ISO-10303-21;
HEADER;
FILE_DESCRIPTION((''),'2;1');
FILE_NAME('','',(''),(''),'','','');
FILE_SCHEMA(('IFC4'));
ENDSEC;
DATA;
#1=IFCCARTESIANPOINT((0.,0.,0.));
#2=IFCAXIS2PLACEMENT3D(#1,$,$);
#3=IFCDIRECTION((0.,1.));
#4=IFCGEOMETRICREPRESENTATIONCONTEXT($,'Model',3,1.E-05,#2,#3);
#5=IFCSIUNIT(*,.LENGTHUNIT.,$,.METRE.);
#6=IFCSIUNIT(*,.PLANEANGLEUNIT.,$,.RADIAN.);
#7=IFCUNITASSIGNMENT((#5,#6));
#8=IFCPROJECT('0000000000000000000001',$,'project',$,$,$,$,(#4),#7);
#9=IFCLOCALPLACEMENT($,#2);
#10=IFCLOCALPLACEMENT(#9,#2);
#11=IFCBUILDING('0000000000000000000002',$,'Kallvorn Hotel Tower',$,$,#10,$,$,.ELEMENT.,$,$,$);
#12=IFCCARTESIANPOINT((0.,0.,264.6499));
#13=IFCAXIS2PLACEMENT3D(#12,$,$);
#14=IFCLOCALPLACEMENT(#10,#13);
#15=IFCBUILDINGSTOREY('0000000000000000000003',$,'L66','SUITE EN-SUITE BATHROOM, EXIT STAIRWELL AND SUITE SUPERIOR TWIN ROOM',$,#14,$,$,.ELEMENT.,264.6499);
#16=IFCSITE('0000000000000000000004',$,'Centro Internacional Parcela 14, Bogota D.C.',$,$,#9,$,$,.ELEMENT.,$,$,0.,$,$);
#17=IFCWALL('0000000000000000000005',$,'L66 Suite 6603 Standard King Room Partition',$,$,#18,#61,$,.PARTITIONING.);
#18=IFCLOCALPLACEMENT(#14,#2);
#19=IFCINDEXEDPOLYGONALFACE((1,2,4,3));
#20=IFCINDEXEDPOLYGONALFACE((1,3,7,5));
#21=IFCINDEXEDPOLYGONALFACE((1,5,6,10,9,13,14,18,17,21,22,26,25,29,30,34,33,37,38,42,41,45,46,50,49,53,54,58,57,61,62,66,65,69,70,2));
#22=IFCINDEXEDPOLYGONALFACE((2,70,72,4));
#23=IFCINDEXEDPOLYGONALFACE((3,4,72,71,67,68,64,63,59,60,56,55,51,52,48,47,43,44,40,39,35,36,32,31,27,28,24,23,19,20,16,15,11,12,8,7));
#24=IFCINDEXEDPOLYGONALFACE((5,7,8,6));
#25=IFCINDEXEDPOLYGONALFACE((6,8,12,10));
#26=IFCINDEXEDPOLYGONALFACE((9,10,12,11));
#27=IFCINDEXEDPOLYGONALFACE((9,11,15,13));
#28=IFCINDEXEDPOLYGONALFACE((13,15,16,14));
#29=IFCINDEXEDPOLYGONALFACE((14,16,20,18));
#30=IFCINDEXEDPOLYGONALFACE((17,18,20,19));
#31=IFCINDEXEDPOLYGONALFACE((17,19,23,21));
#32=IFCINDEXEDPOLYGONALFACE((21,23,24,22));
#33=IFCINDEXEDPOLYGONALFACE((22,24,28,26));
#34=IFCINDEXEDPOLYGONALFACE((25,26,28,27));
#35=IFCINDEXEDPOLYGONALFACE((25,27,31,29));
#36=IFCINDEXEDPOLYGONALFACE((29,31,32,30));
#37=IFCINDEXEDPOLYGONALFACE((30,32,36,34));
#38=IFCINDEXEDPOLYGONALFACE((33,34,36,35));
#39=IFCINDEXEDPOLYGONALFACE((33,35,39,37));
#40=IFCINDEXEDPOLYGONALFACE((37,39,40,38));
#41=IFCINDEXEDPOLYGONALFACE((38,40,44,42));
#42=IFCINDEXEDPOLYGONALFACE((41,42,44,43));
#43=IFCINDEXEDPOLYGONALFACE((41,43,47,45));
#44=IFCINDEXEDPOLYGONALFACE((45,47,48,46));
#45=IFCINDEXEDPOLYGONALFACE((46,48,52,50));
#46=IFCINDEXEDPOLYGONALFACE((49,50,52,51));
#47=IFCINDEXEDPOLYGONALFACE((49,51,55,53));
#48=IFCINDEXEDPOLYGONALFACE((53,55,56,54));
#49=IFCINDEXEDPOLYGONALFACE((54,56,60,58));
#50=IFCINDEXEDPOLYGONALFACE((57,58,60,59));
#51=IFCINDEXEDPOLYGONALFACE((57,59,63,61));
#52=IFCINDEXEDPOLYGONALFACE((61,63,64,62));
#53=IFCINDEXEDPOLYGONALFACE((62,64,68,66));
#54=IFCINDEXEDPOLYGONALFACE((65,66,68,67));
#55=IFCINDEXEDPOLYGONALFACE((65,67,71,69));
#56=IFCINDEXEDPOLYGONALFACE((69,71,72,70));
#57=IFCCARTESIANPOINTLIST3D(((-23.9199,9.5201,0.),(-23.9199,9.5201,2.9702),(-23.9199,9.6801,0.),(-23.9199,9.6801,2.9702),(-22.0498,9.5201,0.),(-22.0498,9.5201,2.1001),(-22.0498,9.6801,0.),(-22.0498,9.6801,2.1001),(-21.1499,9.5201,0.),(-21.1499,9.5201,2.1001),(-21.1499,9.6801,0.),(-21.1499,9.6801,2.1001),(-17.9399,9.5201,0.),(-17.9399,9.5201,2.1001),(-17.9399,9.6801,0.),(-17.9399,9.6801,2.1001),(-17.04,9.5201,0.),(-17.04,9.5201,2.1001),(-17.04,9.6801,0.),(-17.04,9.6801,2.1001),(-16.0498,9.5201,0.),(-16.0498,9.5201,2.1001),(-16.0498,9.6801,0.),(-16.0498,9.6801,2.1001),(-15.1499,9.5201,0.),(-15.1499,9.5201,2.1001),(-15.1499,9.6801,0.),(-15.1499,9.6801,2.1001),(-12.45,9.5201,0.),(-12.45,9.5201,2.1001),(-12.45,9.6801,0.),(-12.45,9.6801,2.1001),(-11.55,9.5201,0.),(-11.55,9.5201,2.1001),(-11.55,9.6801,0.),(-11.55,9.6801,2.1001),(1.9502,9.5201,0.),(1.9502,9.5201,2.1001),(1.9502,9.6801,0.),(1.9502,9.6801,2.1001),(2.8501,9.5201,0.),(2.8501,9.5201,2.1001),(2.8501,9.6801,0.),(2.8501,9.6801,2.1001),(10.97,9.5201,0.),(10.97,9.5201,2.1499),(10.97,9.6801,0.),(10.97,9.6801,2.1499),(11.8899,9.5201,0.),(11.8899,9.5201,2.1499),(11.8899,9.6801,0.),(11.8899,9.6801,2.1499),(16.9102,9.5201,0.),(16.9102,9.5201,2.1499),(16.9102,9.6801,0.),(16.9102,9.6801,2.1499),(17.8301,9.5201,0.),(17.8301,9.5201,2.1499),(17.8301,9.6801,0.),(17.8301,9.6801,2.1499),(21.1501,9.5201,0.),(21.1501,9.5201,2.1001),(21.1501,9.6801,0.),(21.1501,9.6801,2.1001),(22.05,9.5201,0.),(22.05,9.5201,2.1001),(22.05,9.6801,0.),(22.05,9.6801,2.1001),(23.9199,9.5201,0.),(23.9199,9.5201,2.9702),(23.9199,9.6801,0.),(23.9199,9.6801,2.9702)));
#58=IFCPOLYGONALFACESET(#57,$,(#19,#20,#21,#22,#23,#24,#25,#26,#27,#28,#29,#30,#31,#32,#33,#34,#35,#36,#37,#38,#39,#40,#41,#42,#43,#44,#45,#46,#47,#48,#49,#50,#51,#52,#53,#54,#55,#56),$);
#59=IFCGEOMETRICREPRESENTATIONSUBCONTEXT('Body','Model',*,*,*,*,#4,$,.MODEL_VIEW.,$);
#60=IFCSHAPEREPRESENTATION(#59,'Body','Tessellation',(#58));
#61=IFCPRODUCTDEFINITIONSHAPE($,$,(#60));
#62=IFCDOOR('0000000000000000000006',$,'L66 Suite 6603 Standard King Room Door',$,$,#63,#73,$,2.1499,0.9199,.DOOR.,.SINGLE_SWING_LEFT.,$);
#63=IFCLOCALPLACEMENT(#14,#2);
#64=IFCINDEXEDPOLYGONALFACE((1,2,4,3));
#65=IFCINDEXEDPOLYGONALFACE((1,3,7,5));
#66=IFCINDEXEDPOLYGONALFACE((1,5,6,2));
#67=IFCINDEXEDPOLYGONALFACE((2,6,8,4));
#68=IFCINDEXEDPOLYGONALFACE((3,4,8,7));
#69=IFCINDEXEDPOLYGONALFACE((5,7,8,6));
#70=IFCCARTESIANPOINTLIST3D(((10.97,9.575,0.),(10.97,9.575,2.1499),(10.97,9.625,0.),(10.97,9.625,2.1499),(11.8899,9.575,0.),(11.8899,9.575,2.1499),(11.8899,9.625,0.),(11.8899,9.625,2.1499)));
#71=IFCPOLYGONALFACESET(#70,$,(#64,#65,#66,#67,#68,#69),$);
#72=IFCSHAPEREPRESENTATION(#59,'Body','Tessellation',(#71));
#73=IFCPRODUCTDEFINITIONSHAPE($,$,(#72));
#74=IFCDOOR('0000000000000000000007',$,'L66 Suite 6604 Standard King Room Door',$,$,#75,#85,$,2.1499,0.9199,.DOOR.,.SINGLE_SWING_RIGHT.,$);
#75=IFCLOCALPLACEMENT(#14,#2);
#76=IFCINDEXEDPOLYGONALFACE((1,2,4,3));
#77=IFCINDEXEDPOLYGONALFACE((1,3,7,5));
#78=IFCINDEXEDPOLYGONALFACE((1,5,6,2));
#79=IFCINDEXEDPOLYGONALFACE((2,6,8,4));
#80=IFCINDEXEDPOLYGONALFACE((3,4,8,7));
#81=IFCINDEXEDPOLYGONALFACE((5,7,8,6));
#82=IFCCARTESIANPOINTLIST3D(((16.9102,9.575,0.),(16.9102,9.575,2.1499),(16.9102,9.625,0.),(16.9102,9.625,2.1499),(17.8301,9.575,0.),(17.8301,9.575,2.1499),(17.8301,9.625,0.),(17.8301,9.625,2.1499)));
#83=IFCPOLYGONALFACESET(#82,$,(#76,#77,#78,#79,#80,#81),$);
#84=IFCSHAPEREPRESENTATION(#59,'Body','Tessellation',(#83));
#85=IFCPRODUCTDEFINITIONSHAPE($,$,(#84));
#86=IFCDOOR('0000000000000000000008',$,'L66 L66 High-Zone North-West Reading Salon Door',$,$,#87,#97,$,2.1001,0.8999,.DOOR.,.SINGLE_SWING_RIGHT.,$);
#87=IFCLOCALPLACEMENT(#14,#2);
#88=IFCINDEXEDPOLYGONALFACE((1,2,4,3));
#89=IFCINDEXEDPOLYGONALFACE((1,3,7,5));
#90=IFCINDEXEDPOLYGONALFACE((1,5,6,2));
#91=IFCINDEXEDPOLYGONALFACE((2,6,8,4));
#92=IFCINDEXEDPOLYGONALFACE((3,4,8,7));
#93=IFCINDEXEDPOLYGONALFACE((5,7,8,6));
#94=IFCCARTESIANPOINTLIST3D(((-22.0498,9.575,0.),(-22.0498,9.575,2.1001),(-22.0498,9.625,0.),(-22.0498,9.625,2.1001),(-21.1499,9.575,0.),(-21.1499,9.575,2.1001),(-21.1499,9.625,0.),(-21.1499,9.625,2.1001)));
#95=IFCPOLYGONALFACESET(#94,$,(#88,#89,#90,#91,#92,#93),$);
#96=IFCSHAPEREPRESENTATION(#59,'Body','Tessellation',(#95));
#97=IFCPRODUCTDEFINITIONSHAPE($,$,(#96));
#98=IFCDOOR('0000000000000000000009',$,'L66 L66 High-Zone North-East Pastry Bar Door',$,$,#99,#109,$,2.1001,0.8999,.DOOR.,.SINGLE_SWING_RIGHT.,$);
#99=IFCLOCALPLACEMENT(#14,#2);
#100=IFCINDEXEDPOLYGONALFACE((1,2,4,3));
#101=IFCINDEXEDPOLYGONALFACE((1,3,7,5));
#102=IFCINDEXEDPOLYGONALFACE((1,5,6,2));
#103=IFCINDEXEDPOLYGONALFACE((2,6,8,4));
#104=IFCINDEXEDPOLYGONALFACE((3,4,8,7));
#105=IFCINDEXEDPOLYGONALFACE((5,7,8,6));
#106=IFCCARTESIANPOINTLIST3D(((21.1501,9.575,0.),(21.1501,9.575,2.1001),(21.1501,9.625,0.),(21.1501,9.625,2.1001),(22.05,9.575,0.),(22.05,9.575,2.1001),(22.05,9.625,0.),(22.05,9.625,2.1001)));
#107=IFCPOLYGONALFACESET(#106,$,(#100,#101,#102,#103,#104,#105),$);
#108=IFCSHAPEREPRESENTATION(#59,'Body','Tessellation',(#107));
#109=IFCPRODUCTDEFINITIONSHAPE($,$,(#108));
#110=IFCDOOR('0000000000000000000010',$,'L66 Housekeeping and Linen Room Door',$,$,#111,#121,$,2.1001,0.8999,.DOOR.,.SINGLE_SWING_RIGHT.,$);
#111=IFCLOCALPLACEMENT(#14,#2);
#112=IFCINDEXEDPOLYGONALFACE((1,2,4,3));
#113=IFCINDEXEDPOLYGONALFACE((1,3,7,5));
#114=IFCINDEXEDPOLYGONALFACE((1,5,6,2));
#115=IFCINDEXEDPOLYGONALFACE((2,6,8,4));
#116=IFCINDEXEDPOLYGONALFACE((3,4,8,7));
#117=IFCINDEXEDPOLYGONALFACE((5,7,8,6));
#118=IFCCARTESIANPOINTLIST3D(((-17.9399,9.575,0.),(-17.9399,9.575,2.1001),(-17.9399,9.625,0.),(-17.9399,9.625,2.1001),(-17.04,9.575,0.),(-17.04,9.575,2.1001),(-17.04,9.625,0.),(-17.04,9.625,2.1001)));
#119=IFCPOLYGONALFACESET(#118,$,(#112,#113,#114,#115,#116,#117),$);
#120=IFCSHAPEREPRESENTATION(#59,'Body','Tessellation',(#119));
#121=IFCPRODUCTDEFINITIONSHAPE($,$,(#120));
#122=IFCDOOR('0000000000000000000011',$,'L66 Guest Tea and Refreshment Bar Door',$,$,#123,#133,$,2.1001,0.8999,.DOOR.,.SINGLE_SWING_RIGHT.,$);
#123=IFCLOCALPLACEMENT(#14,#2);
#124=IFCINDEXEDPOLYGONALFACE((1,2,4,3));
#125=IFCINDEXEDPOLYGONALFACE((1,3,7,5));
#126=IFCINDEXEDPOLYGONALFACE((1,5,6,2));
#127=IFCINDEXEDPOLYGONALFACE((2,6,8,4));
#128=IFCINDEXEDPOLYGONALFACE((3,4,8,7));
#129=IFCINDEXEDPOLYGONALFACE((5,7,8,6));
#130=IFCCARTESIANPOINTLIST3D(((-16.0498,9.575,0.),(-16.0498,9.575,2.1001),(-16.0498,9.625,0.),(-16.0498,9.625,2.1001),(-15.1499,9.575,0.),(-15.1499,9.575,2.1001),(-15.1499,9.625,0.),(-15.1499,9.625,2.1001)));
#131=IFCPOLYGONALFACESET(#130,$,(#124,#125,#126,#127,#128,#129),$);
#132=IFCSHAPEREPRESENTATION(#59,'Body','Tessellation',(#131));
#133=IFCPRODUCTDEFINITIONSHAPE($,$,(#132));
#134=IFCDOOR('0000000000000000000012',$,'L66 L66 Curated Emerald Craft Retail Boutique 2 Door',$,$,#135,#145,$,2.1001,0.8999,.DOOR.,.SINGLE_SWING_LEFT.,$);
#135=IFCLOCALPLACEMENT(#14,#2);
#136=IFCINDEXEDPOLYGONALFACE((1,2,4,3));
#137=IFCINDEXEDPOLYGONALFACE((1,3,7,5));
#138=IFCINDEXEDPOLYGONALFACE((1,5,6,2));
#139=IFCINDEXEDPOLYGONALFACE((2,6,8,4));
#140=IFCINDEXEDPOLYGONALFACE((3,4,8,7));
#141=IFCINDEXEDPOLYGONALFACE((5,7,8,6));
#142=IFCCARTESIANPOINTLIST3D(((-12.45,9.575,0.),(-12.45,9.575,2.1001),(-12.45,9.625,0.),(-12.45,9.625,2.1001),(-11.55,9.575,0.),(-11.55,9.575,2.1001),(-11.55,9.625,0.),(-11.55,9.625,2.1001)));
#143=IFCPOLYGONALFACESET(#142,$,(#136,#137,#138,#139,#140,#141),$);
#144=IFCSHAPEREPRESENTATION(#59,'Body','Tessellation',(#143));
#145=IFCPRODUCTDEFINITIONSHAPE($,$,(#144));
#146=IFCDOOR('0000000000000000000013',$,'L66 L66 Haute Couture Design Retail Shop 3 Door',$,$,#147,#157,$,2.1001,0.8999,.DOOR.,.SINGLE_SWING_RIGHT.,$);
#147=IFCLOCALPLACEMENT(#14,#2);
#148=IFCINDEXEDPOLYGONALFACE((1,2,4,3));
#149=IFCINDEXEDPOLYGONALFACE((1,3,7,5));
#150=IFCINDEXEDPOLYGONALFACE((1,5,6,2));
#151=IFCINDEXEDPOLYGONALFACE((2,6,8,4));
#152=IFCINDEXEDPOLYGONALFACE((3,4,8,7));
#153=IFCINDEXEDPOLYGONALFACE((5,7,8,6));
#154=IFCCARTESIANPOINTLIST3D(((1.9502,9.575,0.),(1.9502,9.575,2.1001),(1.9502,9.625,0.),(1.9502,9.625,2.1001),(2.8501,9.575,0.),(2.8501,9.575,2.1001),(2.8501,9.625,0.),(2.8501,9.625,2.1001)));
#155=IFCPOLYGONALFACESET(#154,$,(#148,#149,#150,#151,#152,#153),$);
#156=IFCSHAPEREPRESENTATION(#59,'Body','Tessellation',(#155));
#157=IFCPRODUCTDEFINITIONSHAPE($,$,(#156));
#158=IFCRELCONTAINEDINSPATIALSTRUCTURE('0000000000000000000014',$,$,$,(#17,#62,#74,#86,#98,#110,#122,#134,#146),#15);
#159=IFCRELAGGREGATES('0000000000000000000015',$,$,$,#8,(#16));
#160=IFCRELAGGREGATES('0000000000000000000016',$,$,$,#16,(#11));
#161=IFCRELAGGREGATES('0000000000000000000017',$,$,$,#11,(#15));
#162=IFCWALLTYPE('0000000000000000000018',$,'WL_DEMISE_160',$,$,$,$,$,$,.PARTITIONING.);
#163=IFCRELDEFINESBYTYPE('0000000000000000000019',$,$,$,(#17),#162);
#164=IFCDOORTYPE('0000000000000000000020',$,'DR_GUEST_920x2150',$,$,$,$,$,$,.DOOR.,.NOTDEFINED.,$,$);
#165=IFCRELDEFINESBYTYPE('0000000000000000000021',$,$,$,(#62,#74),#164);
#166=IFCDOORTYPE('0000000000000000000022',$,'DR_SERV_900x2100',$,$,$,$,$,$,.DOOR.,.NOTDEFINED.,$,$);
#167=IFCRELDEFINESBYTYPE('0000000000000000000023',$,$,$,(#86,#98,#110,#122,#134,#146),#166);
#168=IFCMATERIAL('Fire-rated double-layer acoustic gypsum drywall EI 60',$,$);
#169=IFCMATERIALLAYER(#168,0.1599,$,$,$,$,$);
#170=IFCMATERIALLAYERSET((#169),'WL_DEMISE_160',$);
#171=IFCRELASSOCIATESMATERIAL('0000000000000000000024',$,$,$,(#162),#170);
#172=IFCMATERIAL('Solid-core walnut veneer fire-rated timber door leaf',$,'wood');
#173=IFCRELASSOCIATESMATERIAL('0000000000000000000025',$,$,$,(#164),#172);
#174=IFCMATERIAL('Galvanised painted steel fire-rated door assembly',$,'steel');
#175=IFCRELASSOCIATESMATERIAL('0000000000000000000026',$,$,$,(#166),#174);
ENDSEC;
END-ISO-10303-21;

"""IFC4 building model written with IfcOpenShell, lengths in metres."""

from ifc_helpers import new_model, si_unit, direction, frame, frame_2d, origin, place, context, subcontext, project, spatial, rectangle, extrude, material, layer, layer_set, type_object, element, fill, save


model = new_model("IFC4")

# Units and contexts
model_context = context("Model", 3, precision=1e-05, world=origin(), true_north=direction((0.0, 1.0)))
body_context = subcontext(model_context, "Body", "Model", "MODEL_VIEW")
ifc_project = project(units=[si_unit("LENGTHUNIT", "METRE"), si_unit("PLANEANGLEUNIT", "RADIAN")], contexts=[model_context])

# Site, building, storey
site_placement = place(None, origin())
site = spatial("IfcSite", under=ifc_project, at=site_placement, Name="Centro Internacional Parcela 14, Bogota D.C.", CompositionType="ELEMENT", RefElevation=0.0)
building_placement = place(site_placement, origin())
building = spatial("IfcBuilding", under=site, at=building_placement, Name="Kallvorn Hotel Tower", CompositionType="ELEMENT")
storey_placement = place(building_placement, frame((0.0, 0.0, 264.6499)))
storey = spatial("IfcBuildingStorey", under=building, at=storey_placement, Name="L66", Description="SUITE EN-SUITE BATHROOM, EXIT STAIRWELL AND SUITE SUPERIOR TWIN ROOM", CompositionType="ELEMENT", Elevation=264.6499)

# Wall, openings, doors
ifc_material_1 = material(Name="Fire-rated double-layer acoustic gypsum drywall EI 60")
ifc_layer_1 = layer(ifc_material_1, 0.1599)
ifc_layer_set_1 = layer_set([ifc_layer_1], Name="WL_DEMISE_160")
wall_type_1 = type_object("IfcWallType", Name="WL_DEMISE_160", PredefinedType="PARTITIONING", material=ifc_layer_set_1)
wall_1_placement = place(storey_placement, frame((-23.9199, 9.6001, 0.0), z_axis=(0.0, 0.0, 1.0), x_axis=(1.0, 0.0, 0.0)))
wall_1 = element("IfcWall", 1, at=wall_1_placement, inside=storey, type_object=wall_type_1, Name="L66 Suite 6603 Standard King Room Partition", PredefinedType="PARTITIONING", context=body_context, shape_type="SweptSolid", body=[
    extrude(rectangle(XDim=47.8398, YDim=0.1599, at=frame_2d((23.9199, 0.0))), origin(), (0.0, 0.0, 1.0), 2.9702),
])
opening_1_placement = place(wall_1_placement, frame((1.8701, 0.0, 0.0)))
opening_1 = element("IfcOpeningElement", 2, at=opening_1_placement, cuts=wall_1, PredefinedType="OPENING", context=body_context, shape_type="SweptSolid", body=[
    extrude(rectangle(XDim=0.8999, YDim=2.1001, at=frame_2d((0.45, 1.05))), frame((0.0, 0.095, 0.0), z_axis=(0.0, -1.0, 0.0), x_axis=(1.0, 0.0, 0.0)), (0.0, 0.0, 1.0), 0.1899),
])
opening_2_placement = place(wall_1_placement, frame((45.0701, 0.0, 0.0)))
opening_2 = element("IfcOpeningElement", 3, at=opening_2_placement, cuts=wall_1, PredefinedType="OPENING", context=body_context, shape_type="SweptSolid", body=[
    extrude(rectangle(XDim=0.8999, YDim=2.1001, at=frame_2d((0.45, 1.05))), frame((0.0, 0.095, 0.0), z_axis=(0.0, -1.0, 0.0), x_axis=(1.0, 0.0, 0.0)), (0.0, 0.0, 1.0), 0.1899),
])
opening_3_placement = place(wall_1_placement, frame((5.98, 0.0, 0.0)))
opening_3 = element("IfcOpeningElement", 4, at=opening_3_placement, cuts=wall_1, PredefinedType="OPENING", context=body_context, shape_type="SweptSolid", body=[
    extrude(rectangle(XDim=0.8999, YDim=2.1001, at=frame_2d((0.45, 1.05))), frame((0.0, 0.095, 0.0), z_axis=(0.0, -1.0, 0.0), x_axis=(1.0, 0.0, 0.0)), (0.0, 0.0, 1.0), 0.1899),
])
opening_4_placement = place(wall_1_placement, frame((7.8701, 0.0, 0.0)))
opening_4 = element("IfcOpeningElement", 5, at=opening_4_placement, cuts=wall_1, PredefinedType="OPENING", context=body_context, shape_type="SweptSolid", body=[
    extrude(rectangle(XDim=0.8999, YDim=2.1001, at=frame_2d((0.45, 1.05))), frame((0.0, 0.095, 0.0), z_axis=(0.0, -1.0, 0.0), x_axis=(1.0, 0.0, 0.0)), (0.0, 0.0, 1.0), 0.1899),
])
opening_5_placement = place(wall_1_placement, frame((11.47, 0.0, 0.0)))
opening_5 = element("IfcOpeningElement", 6, at=opening_5_placement, cuts=wall_1, PredefinedType="OPENING", context=body_context, shape_type="SweptSolid", body=[
    extrude(rectangle(XDim=0.8999, YDim=2.1001, at=frame_2d((0.45, 1.05))), frame((0.0, 0.095, 0.0), z_axis=(0.0, -1.0, 0.0), x_axis=(1.0, 0.0, 0.0)), (0.0, 0.0, 1.0), 0.1899),
])
opening_6_placement = place(wall_1_placement, frame((25.8701, 0.0, 0.0)))
opening_6 = element("IfcOpeningElement", 7, at=opening_6_placement, cuts=wall_1, PredefinedType="OPENING", context=body_context, shape_type="SweptSolid", body=[
    extrude(rectangle(XDim=0.8999, YDim=2.1001, at=frame_2d((0.45, 1.05))), frame((0.0, 0.095, 0.0), z_axis=(0.0, -1.0, 0.0), x_axis=(1.0, 0.0, 0.0)), (0.0, 0.0, 1.0), 0.1899),
])
opening_7_placement = place(wall_1_placement, frame((34.8899, 0.0, 0.0)))
opening_7 = element("IfcOpeningElement", 8, at=opening_7_placement, cuts=wall_1, PredefinedType="OPENING", context=body_context, shape_type="SweptSolid", body=[
    extrude(rectangle(XDim=0.9199, YDim=2.1499, at=frame_2d((0.46, 1.075))), frame((0.0, 0.095, 0.0), z_axis=(0.0, -1.0, 0.0), x_axis=(1.0, 0.0, 0.0)), (0.0, 0.0, 1.0), 0.1899),
])
opening_8_placement = place(wall_1_placement, frame((40.8301, 0.0, 0.0)))
opening_8 = element("IfcOpeningElement", 9, at=opening_8_placement, cuts=wall_1, PredefinedType="OPENING", context=body_context, shape_type="SweptSolid", body=[
    extrude(rectangle(XDim=0.9199, YDim=2.1499, at=frame_2d((0.46, 1.075))), frame((0.0, 0.095, 0.0), z_axis=(0.0, -1.0, 0.0), x_axis=(1.0, 0.0, 0.0)), (0.0, 0.0, 1.0), 0.1899),
])
ifc_material_2 = material(Name="Solid-core walnut veneer fire-rated timber door leaf", Category="wood")
door_type_1 = type_object("IfcDoorType", Name="DR_GUEST_920x2150", OperationType="NOTDEFINED", PredefinedType="DOOR", material=ifc_material_2)
door_1_placement = place(opening_7_placement, origin())
door_1 = element("IfcDoor", 10, at=door_1_placement, inside=storey, type_object=door_type_1, Name="L66 Suite 6603 Standard King Room Door", OperationType="SINGLE_SWING_LEFT", OverallHeight=2.1499, OverallWidth=0.9199, PredefinedType="DOOR", context=body_context, shape_type="SweptSolid", body=[
    extrude(rectangle(XDim=0.9199, YDim=2.1499, at=frame_2d((0.46, 1.075))), frame((0.0, 0.0249, 0.0), z_axis=(0.0, -1.0, 0.0), x_axis=(1.0, 0.0, 0.0)), (0.0, 0.0, 1.0), 0.05),
])
fill(opening_7, door_1)
door_2_placement = place(opening_8_placement, origin())
door_2 = element("IfcDoor", 11, at=door_2_placement, inside=storey, type_object=door_type_1, Name="L66 Suite 6604 Standard King Room Door", OperationType="SINGLE_SWING_RIGHT", OverallHeight=2.1499, OverallWidth=0.9199, PredefinedType="DOOR", context=body_context, shape_type="SweptSolid", body=[
    extrude(rectangle(XDim=0.9199, YDim=2.1499, at=frame_2d((0.46, 1.075))), frame((0.0, 0.0249, 0.0), z_axis=(0.0, -1.0, 0.0), x_axis=(1.0, 0.0, 0.0)), (0.0, 0.0, 1.0), 0.05),
])
fill(opening_8, door_2)
ifc_material_3 = material(Name="Galvanised painted steel fire-rated door assembly", Category="steel")
door_type_2 = type_object("IfcDoorType", Name="DR_SERV_900x2100", OperationType="NOTDEFINED", PredefinedType="DOOR", material=ifc_material_3)
door_3_placement = place(opening_1_placement, origin())
door_3 = element("IfcDoor", 12, at=door_3_placement, inside=storey, type_object=door_type_2, Name="L66 L66 High-Zone North-West Reading Salon Door", OperationType="SINGLE_SWING_RIGHT", OverallHeight=2.1001, OverallWidth=0.8999, PredefinedType="DOOR", context=body_context, shape_type="SweptSolid", body=[
    extrude(rectangle(XDim=0.8999, YDim=2.1001, at=frame_2d((0.45, 1.05))), frame((0.0, 0.0249, 0.0), z_axis=(0.0, -1.0, 0.0), x_axis=(1.0, 0.0, 0.0)), (0.0, 0.0, 1.0), 0.05),
])
fill(opening_1, door_3)
door_4_placement = place(opening_2_placement, origin())
door_4 = element("IfcDoor", 13, at=door_4_placement, inside=storey, type_object=door_type_2, Name="L66 L66 High-Zone North-East Pastry Bar Door", OperationType="SINGLE_SWING_RIGHT", OverallHeight=2.1001, OverallWidth=0.8999, PredefinedType="DOOR", context=body_context, shape_type="SweptSolid", body=[
    extrude(rectangle(XDim=0.8999, YDim=2.1001, at=frame_2d((0.45, 1.05))), frame((0.0, 0.0249, 0.0), z_axis=(0.0, -1.0, 0.0), x_axis=(1.0, 0.0, 0.0)), (0.0, 0.0, 1.0), 0.05),
])
fill(opening_2, door_4)
door_5_placement = place(opening_3_placement, origin())
door_5 = element("IfcDoor", 14, at=door_5_placement, inside=storey, type_object=door_type_2, Name="L66 Housekeeping and Linen Room Door", OperationType="SINGLE_SWING_RIGHT", OverallHeight=2.1001, OverallWidth=0.8999, PredefinedType="DOOR", context=body_context, shape_type="SweptSolid", body=[
    extrude(rectangle(XDim=0.8999, YDim=2.1001, at=frame_2d((0.45, 1.05))), frame((0.0, 0.0249, 0.0), z_axis=(0.0, -1.0, 0.0), x_axis=(1.0, 0.0, 0.0)), (0.0, 0.0, 1.0), 0.05),
])
fill(opening_3, door_5)
door_6_placement = place(opening_4_placement, origin())
door_6 = element("IfcDoor", 15, at=door_6_placement, inside=storey, type_object=door_type_2, Name="L66 Guest Tea and Refreshment Bar Door", OperationType="SINGLE_SWING_RIGHT", OverallHeight=2.1001, OverallWidth=0.8999, PredefinedType="DOOR", context=body_context, shape_type="SweptSolid", body=[
    extrude(rectangle(XDim=0.8999, YDim=2.1001, at=frame_2d((0.45, 1.05))), frame((0.0, 0.0249, 0.0), z_axis=(0.0, -1.0, 0.0), x_axis=(1.0, 0.0, 0.0)), (0.0, 0.0, 1.0), 0.05),
])
fill(opening_4, door_6)
door_7_placement = place(opening_5_placement, origin())
door_7 = element("IfcDoor", 16, at=door_7_placement, inside=storey, type_object=door_type_2, Name="L66 L66 Curated Emerald Craft Retail Boutique 2 Door", OperationType="SINGLE_SWING_LEFT", OverallHeight=2.1001, OverallWidth=0.8999, PredefinedType="DOOR", context=body_context, shape_type="SweptSolid", body=[
    extrude(rectangle(XDim=0.8999, YDim=2.1001, at=frame_2d((0.45, 1.05))), frame((0.0, 0.0249, 0.0), z_axis=(0.0, -1.0, 0.0), x_axis=(1.0, 0.0, 0.0)), (0.0, 0.0, 1.0), 0.05),
])
fill(opening_5, door_7)
door_8_placement = place(opening_6_placement, origin())
door_8 = element("IfcDoor", 17, at=door_8_placement, inside=storey, type_object=door_type_2, Name="L66 L66 Haute Couture Design Retail Shop 3 Door", OperationType="SINGLE_SWING_RIGHT", OverallHeight=2.1001, OverallWidth=0.8999, PredefinedType="DOOR", context=body_context, shape_type="SweptSolid", body=[
    extrude(rectangle(XDim=0.8999, YDim=2.1001, at=frame_2d((0.45, 1.05))), frame((0.0, 0.0249, 0.0), z_axis=(0.0, -1.0, 0.0), x_axis=(1.0, 0.0, 0.0)), (0.0, 0.0, 1.0), 0.05),
])
fill(opening_6, door_8)

save(model, "model.ifc")
